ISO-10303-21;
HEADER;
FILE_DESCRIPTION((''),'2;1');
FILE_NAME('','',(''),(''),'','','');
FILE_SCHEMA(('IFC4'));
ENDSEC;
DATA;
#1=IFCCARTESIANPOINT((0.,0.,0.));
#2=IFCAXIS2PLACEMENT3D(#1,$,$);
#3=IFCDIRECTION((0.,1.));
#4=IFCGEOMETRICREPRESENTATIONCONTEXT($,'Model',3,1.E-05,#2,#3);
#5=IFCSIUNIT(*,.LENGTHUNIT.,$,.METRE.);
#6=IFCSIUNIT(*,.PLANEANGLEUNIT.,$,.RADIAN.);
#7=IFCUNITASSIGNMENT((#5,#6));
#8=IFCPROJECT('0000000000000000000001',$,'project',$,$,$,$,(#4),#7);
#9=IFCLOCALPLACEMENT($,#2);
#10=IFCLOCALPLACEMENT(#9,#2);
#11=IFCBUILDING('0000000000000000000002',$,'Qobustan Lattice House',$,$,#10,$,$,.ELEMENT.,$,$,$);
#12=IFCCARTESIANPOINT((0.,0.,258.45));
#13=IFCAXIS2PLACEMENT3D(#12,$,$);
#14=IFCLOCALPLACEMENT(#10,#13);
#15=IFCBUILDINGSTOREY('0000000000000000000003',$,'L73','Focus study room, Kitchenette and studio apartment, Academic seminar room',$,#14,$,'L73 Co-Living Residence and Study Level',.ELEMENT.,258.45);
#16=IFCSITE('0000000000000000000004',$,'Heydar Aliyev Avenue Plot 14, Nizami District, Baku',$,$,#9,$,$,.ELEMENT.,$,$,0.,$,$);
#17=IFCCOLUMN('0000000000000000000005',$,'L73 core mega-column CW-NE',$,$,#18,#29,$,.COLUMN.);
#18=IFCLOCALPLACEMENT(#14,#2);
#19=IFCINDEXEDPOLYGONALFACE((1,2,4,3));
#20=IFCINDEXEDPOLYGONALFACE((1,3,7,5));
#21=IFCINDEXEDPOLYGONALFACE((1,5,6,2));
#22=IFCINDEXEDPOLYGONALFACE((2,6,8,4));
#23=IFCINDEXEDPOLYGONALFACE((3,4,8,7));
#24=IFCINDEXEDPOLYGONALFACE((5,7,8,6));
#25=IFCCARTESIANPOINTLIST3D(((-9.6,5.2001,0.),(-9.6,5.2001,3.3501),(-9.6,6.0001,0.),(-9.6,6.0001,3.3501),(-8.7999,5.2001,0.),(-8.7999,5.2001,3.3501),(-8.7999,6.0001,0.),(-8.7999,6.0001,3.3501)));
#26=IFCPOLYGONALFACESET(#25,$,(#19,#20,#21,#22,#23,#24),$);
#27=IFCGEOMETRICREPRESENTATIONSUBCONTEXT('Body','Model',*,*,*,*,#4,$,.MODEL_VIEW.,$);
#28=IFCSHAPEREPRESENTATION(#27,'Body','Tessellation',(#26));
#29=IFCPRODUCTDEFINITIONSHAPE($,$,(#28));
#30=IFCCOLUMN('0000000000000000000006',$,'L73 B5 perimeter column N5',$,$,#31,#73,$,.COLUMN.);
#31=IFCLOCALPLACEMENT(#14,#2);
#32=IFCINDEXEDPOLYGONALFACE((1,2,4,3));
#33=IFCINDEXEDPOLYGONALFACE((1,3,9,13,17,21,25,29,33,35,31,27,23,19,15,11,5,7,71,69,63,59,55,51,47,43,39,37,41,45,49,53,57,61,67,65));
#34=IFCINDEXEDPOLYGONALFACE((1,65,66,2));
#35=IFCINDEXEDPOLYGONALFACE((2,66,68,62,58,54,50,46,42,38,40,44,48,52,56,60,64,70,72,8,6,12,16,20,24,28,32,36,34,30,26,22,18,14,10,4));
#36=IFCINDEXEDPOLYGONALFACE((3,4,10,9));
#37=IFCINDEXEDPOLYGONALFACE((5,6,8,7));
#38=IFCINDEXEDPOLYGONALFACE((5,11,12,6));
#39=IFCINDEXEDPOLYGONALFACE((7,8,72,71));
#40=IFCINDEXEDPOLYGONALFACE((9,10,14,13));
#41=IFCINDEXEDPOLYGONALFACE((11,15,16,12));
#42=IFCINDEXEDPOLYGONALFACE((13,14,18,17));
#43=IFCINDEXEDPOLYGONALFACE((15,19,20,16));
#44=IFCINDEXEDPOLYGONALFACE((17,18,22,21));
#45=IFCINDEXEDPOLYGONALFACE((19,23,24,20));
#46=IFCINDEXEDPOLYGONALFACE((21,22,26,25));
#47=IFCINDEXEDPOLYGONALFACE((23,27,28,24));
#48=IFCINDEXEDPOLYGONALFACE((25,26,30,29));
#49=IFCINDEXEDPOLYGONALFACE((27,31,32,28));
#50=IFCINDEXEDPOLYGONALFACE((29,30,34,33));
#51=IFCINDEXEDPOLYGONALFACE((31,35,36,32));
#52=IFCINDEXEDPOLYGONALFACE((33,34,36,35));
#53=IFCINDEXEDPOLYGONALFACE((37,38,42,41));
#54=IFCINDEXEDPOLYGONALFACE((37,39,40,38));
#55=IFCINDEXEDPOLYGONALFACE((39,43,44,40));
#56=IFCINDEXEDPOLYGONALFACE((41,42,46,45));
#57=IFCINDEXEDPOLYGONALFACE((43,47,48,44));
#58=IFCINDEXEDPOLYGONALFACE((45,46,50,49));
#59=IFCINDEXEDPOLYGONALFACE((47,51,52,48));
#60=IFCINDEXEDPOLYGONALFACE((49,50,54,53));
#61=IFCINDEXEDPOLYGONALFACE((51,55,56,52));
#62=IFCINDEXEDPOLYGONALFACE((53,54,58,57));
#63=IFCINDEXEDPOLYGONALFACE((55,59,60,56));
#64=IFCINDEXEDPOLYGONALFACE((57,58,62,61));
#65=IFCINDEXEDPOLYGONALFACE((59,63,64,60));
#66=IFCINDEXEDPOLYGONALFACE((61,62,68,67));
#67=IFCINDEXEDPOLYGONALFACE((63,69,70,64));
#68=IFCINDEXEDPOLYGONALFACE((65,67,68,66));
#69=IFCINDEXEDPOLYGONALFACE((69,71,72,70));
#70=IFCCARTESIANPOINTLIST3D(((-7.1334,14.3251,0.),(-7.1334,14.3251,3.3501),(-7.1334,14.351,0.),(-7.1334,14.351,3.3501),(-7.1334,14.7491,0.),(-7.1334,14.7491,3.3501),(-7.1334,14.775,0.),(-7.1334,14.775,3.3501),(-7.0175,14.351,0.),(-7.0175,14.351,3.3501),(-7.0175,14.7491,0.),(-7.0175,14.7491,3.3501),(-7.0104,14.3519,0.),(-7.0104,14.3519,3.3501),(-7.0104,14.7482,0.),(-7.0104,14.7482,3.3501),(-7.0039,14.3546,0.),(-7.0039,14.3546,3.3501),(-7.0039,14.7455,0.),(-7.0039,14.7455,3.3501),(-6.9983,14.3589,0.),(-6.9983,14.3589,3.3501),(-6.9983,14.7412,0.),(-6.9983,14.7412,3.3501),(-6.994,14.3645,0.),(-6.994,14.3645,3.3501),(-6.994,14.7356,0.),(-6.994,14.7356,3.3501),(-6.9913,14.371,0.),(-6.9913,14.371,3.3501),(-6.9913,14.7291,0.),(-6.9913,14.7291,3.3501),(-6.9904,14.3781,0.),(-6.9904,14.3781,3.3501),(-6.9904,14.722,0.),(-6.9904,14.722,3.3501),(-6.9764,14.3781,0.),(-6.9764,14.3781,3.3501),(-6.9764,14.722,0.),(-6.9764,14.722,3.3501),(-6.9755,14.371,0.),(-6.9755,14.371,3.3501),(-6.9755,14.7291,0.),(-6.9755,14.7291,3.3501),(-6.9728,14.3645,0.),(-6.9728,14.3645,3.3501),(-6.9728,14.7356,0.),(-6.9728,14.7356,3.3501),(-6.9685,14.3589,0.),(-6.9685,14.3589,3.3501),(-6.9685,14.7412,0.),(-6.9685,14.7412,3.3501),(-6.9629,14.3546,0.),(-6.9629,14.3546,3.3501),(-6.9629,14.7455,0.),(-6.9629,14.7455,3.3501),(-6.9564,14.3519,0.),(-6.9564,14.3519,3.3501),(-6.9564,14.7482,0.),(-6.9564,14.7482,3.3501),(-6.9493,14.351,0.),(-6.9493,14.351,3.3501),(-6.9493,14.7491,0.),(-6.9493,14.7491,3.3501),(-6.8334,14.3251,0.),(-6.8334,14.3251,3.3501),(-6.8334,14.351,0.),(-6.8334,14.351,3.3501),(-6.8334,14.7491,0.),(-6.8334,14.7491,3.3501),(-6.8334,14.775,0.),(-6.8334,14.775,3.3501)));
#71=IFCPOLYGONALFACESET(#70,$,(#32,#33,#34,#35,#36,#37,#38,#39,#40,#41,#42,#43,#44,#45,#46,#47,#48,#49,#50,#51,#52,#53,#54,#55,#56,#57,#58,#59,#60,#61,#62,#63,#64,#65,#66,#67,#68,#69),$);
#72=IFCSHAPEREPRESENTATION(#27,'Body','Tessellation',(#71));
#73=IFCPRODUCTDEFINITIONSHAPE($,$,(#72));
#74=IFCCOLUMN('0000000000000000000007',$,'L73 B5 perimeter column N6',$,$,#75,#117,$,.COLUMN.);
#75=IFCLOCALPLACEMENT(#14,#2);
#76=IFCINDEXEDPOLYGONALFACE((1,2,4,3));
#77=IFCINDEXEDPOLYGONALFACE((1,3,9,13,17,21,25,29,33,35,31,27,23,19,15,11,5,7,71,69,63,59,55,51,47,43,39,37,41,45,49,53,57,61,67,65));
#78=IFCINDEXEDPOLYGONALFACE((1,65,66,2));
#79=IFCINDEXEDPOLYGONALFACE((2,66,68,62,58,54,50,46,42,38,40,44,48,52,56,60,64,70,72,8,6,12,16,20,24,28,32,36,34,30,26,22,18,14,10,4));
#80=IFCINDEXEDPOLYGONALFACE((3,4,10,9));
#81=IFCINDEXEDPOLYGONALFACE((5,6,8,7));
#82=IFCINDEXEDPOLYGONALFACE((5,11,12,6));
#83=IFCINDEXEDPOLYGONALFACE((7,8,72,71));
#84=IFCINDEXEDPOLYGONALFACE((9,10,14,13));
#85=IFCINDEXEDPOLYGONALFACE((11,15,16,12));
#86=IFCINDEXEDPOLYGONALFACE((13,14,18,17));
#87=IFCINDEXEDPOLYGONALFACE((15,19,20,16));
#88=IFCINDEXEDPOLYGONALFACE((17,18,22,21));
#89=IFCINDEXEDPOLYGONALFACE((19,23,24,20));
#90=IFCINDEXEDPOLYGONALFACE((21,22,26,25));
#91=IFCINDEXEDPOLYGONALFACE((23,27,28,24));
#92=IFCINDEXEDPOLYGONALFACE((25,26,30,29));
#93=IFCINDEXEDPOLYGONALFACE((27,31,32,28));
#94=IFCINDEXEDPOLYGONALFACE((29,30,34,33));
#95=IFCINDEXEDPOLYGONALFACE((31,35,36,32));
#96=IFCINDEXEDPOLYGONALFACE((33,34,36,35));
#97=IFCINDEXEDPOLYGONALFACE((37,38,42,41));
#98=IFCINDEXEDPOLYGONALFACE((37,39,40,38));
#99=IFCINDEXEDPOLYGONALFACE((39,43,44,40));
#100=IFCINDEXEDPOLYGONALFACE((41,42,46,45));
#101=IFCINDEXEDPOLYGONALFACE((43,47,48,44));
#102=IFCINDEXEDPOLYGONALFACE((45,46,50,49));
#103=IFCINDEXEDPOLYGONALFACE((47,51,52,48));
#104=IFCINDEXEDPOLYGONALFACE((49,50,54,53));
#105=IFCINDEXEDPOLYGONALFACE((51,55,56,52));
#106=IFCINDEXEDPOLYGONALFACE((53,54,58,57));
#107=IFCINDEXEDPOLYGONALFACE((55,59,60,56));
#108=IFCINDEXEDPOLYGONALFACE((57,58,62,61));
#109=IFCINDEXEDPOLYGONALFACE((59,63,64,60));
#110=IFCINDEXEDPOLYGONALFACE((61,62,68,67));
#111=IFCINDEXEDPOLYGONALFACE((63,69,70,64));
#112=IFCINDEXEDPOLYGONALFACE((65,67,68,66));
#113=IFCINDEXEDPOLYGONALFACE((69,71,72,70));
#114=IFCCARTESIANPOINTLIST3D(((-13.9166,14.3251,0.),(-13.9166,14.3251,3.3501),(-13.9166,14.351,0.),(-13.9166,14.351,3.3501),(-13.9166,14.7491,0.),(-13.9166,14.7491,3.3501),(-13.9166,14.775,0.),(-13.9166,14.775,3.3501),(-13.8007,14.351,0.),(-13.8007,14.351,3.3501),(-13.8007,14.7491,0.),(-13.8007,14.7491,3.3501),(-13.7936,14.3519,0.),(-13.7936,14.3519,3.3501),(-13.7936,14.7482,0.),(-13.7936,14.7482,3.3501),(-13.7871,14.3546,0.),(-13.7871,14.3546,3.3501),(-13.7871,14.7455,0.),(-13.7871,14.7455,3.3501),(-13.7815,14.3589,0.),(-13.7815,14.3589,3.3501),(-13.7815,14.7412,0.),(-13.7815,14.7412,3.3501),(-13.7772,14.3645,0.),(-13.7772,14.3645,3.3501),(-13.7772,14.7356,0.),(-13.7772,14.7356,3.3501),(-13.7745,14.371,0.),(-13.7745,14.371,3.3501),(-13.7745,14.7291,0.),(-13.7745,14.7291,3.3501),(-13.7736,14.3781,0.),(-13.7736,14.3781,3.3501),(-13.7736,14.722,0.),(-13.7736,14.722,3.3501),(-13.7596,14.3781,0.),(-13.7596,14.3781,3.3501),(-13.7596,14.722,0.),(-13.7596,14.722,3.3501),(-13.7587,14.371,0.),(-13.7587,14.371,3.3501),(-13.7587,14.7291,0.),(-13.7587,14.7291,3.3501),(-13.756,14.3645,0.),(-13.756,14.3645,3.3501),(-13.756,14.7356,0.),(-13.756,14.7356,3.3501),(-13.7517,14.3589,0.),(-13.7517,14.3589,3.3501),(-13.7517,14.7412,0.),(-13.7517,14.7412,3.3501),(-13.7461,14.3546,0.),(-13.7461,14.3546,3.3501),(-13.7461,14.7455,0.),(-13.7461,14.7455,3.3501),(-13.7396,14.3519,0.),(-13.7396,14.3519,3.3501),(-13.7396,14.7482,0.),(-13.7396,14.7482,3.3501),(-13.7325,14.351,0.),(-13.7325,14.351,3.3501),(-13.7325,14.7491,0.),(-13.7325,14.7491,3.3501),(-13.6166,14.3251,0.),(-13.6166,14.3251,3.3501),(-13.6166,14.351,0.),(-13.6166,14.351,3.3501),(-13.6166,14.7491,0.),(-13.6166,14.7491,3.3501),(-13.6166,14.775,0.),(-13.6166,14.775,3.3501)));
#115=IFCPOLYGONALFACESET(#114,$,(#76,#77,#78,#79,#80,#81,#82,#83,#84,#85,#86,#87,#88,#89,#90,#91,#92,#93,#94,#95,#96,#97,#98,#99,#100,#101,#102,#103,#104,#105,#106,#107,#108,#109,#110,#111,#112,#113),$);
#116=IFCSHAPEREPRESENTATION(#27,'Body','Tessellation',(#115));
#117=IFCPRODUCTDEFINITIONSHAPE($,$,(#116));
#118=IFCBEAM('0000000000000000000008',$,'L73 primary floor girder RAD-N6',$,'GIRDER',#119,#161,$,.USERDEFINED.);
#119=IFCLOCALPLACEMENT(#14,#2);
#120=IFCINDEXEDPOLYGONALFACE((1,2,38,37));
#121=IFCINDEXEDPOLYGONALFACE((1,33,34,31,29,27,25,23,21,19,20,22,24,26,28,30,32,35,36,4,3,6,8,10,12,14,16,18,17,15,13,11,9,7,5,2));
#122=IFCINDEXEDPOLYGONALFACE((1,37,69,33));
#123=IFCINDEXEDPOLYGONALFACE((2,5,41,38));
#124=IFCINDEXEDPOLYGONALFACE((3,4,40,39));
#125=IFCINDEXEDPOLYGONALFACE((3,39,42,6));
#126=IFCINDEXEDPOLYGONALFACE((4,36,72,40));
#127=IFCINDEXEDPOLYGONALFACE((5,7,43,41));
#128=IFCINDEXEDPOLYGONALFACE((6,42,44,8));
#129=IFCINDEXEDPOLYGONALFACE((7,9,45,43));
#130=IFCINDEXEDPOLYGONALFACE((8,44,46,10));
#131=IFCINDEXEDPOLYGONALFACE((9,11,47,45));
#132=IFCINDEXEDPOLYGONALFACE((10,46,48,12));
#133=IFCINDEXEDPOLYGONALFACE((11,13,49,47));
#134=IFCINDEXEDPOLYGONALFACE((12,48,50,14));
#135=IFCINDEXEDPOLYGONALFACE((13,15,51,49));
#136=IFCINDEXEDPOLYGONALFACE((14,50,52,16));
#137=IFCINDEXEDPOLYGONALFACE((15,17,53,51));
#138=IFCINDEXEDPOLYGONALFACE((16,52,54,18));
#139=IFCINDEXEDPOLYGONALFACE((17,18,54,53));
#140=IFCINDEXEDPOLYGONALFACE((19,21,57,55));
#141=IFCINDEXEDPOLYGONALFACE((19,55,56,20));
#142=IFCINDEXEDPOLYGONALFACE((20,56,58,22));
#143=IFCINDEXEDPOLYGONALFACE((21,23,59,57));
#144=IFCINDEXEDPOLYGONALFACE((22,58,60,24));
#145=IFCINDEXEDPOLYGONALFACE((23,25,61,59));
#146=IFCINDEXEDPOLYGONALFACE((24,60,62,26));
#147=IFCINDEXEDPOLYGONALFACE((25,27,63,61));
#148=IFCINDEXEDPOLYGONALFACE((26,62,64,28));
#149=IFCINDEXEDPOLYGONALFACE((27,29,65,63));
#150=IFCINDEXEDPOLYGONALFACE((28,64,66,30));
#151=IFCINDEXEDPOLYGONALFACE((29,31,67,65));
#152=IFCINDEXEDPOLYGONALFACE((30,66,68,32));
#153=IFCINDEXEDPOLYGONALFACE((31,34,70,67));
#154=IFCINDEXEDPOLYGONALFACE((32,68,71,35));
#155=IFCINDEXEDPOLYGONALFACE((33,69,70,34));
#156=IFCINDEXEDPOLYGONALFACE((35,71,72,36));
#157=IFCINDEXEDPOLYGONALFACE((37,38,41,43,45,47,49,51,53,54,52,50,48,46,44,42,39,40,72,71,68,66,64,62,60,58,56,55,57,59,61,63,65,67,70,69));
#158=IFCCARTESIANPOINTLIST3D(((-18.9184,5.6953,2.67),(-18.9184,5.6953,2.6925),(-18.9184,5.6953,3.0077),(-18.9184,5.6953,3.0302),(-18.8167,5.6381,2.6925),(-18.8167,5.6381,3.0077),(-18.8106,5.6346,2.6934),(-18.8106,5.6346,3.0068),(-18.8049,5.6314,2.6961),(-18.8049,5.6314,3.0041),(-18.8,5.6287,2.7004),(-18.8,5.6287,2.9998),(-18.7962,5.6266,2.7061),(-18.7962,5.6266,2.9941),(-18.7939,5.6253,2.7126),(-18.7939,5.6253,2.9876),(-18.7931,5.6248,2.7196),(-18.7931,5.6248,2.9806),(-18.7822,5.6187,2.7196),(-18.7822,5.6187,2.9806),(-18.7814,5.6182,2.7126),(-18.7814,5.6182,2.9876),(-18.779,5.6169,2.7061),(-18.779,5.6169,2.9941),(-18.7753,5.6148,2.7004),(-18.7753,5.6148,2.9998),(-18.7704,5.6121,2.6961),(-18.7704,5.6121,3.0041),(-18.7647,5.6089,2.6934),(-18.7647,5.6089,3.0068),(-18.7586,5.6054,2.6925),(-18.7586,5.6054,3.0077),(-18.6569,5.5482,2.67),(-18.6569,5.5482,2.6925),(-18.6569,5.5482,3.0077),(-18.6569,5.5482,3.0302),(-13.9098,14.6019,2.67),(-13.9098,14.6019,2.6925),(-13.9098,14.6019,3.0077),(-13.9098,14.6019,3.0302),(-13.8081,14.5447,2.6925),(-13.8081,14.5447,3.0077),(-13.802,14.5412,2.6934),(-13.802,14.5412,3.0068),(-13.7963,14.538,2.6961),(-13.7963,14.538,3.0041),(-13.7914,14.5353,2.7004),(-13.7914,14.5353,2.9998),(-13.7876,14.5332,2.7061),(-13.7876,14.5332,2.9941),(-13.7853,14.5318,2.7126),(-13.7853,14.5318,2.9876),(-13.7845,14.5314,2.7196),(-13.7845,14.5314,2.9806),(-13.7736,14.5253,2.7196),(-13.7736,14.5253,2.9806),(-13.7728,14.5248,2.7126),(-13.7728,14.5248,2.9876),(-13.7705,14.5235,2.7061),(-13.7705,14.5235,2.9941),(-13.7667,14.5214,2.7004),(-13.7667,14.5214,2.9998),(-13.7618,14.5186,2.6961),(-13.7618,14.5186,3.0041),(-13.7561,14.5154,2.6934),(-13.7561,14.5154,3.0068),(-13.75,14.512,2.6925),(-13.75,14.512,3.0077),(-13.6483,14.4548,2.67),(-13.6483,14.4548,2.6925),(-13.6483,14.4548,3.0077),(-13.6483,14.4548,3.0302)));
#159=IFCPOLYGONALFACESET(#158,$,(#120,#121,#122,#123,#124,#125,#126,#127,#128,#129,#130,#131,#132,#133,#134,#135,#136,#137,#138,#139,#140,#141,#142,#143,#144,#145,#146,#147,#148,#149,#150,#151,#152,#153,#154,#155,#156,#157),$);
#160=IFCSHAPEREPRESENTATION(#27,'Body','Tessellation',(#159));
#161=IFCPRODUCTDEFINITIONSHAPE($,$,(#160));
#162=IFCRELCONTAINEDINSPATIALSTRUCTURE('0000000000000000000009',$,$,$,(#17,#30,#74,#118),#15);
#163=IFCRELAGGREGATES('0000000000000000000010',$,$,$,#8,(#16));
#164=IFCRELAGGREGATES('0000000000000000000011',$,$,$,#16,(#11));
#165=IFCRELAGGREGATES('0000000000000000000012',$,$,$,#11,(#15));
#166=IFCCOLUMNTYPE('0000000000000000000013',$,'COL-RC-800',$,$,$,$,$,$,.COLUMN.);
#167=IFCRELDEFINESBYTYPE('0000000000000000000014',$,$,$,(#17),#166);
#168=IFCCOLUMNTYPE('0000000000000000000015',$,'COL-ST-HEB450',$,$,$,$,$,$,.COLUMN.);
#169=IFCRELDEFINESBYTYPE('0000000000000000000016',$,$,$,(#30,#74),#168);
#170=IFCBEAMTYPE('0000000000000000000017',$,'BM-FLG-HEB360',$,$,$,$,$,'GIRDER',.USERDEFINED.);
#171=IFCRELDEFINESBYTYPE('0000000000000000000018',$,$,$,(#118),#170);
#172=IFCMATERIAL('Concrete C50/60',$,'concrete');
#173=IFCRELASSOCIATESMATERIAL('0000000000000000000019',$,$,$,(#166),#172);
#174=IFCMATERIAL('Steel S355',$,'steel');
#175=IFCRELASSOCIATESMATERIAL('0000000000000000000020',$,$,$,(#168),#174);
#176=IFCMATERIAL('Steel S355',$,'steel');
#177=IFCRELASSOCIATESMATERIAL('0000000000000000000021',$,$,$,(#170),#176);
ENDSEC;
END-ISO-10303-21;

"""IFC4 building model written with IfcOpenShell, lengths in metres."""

from ifc_helpers import new_model, si_unit, direction, frame, origin, origin_2d, place, context, subcontext, project, spatial, rectangle, i_section, extrude, material, material_profile, profile_set, type_object, element, save


model = new_model("IFC4")

# Units and contexts
model_context = context("Model", 3, precision=1e-05, world=origin(), true_north=direction((0.0, 1.0)))
body_context = subcontext(model_context, "Body", "Model", "MODEL_VIEW")
ifc_project = project(units=[si_unit("LENGTHUNIT", "METRE"), si_unit("PLANEANGLEUNIT", "RADIAN")], contexts=[model_context])

# Site, building, storey
site_placement = place(None, origin())
site = spatial("IfcSite", under=ifc_project, at=site_placement, Name="Heydar Aliyev Avenue Plot 14, Nizami District, Baku", CompositionType="ELEMENT", RefElevation=0.0)
building_placement = place(site_placement, origin())
building = spatial("IfcBuilding", under=site, at=building_placement, Name="Qobustan Lattice House", CompositionType="ELEMENT")
storey_placement = place(building_placement, frame((0.0, 0.0, 258.45)))
storey = spatial("IfcBuildingStorey", under=building, at=storey_placement, Name="L73", Description="Focus study room, Kitchenette and studio apartment, Academic seminar room", LongName="L73 Co-Living Residence and Study Level", CompositionType="ELEMENT", Elevation=258.45)

# Columns
ifc_material_1 = material(Name="Concrete C50/60", Category="concrete")
ifc_material_profile_1 = material_profile(ifc_material_1, rectangle(XDim=0.8, YDim=0.8, at=origin_2d()), Name="RC800x800")
ifc_profile_set_1 = profile_set([ifc_material_profile_1], Name="Concrete C50/60")
column_type_1 = type_object("IfcColumnType", Name="COL-RC-800", PredefinedType="COLUMN", material=ifc_profile_set_1)
column_placement = place(storey_placement, frame((-9.2, 5.6001, 0.0), z_axis=(0.0, 0.0, 1.0), x_axis=(1.0, 0.0, 0.0)))
element("IfcColumn", 1, at=column_placement, inside=storey, type_object=column_type_1, Name="L73 core mega-column CW-NE", PredefinedType="COLUMN", context=body_context, shape_type="SweptSolid", body=[
    extrude(rectangle(XDim=0.8, YDim=0.8, at=origin_2d()), origin(), (0.0, 0.0, 1.0), 3.3501),
])
ifc_material_2 = material(Name="Steel S355", Category="steel")
ifc_material_profile_2 = material_profile(ifc_material_2, i_section(OverallWidth=0.3, OverallDepth=0.45, WebThickness=0.0139, FlangeThickness=0.0259, FilletRadius=0.0271, at=origin_2d()), Name="HEB450")
ifc_profile_set_2 = profile_set([ifc_material_profile_2], Name="Steel S355")
column_type_2 = type_object("IfcColumnType", Name="COL-ST-HEB450", PredefinedType="COLUMN", material=ifc_profile_set_2)
for number, where, z_axis, x_axis, name in (
    (2, (-6.9834, 14.55, 0.0), (0.0, 0.0, 1.0), (1.0, 0.0, 0.0), "L73 B5 perimeter column N5"),
    (3, (-13.7666, 14.55, 0.0), (0.0, 0.0, 1.0), (1.0, 0.0, 0.0), "L73 B5 perimeter column N6"),
):
    element("IfcColumn", number, at=place(storey_placement, frame(where, z_axis=z_axis, x_axis=x_axis)), inside=storey, type_object=column_type_2, Name=name, PredefinedType="COLUMN", context=body_context, shape_type="SweptSolid", body=[
        extrude(i_section(OverallWidth=0.3, OverallDepth=0.45, WebThickness=0.0139, FlangeThickness=0.0259, FilletRadius=0.0271, at=origin_2d()), origin(), (0.0, 0.0, 1.0), 3.3501),
    ])

# Beam
ifc_material_3 = material(Name="Steel S355", Category="steel")
ifc_material_profile_3 = material_profile(ifc_material_3, i_section(OverallWidth=0.3, OverallDepth=0.3601, WebThickness=0.0125, FlangeThickness=0.0225, FilletRadius=0.0271, at=origin_2d()), Name="HEB360")
ifc_profile_set_3 = profile_set([ifc_material_profile_3], Name="Steel S355")
beam_type_1 = type_object("IfcBeamType", Name="BM-FLG-HEB360", ElementType="GIRDER", PredefinedType="USERDEFINED", material=ifc_profile_set_3)
beam_1_placement = place(storey_placement, frame((-13.7791, 14.5283, 2.8501), z_axis=(-0.49016, -0.871632, 0.0), x_axis=(0.871632, -0.49016, 0.0)))
element("IfcBeam", 4, at=beam_1_placement, inside=storey, type_object=beam_type_1, Name="L73 primary floor girder RAD-N6", ObjectType="GIRDER", PredefinedType="USERDEFINED", context=body_context, shape_type="SweptSolid", body=[
    extrude(i_section(OverallWidth=0.3, OverallDepth=0.3601, WebThickness=0.0125, FlangeThickness=0.0225, FilletRadius=0.0271, at=origin_2d()), origin(), (0.0, 0.0, 1.0), 10.2183),
])

save(model, "model.ifc")
